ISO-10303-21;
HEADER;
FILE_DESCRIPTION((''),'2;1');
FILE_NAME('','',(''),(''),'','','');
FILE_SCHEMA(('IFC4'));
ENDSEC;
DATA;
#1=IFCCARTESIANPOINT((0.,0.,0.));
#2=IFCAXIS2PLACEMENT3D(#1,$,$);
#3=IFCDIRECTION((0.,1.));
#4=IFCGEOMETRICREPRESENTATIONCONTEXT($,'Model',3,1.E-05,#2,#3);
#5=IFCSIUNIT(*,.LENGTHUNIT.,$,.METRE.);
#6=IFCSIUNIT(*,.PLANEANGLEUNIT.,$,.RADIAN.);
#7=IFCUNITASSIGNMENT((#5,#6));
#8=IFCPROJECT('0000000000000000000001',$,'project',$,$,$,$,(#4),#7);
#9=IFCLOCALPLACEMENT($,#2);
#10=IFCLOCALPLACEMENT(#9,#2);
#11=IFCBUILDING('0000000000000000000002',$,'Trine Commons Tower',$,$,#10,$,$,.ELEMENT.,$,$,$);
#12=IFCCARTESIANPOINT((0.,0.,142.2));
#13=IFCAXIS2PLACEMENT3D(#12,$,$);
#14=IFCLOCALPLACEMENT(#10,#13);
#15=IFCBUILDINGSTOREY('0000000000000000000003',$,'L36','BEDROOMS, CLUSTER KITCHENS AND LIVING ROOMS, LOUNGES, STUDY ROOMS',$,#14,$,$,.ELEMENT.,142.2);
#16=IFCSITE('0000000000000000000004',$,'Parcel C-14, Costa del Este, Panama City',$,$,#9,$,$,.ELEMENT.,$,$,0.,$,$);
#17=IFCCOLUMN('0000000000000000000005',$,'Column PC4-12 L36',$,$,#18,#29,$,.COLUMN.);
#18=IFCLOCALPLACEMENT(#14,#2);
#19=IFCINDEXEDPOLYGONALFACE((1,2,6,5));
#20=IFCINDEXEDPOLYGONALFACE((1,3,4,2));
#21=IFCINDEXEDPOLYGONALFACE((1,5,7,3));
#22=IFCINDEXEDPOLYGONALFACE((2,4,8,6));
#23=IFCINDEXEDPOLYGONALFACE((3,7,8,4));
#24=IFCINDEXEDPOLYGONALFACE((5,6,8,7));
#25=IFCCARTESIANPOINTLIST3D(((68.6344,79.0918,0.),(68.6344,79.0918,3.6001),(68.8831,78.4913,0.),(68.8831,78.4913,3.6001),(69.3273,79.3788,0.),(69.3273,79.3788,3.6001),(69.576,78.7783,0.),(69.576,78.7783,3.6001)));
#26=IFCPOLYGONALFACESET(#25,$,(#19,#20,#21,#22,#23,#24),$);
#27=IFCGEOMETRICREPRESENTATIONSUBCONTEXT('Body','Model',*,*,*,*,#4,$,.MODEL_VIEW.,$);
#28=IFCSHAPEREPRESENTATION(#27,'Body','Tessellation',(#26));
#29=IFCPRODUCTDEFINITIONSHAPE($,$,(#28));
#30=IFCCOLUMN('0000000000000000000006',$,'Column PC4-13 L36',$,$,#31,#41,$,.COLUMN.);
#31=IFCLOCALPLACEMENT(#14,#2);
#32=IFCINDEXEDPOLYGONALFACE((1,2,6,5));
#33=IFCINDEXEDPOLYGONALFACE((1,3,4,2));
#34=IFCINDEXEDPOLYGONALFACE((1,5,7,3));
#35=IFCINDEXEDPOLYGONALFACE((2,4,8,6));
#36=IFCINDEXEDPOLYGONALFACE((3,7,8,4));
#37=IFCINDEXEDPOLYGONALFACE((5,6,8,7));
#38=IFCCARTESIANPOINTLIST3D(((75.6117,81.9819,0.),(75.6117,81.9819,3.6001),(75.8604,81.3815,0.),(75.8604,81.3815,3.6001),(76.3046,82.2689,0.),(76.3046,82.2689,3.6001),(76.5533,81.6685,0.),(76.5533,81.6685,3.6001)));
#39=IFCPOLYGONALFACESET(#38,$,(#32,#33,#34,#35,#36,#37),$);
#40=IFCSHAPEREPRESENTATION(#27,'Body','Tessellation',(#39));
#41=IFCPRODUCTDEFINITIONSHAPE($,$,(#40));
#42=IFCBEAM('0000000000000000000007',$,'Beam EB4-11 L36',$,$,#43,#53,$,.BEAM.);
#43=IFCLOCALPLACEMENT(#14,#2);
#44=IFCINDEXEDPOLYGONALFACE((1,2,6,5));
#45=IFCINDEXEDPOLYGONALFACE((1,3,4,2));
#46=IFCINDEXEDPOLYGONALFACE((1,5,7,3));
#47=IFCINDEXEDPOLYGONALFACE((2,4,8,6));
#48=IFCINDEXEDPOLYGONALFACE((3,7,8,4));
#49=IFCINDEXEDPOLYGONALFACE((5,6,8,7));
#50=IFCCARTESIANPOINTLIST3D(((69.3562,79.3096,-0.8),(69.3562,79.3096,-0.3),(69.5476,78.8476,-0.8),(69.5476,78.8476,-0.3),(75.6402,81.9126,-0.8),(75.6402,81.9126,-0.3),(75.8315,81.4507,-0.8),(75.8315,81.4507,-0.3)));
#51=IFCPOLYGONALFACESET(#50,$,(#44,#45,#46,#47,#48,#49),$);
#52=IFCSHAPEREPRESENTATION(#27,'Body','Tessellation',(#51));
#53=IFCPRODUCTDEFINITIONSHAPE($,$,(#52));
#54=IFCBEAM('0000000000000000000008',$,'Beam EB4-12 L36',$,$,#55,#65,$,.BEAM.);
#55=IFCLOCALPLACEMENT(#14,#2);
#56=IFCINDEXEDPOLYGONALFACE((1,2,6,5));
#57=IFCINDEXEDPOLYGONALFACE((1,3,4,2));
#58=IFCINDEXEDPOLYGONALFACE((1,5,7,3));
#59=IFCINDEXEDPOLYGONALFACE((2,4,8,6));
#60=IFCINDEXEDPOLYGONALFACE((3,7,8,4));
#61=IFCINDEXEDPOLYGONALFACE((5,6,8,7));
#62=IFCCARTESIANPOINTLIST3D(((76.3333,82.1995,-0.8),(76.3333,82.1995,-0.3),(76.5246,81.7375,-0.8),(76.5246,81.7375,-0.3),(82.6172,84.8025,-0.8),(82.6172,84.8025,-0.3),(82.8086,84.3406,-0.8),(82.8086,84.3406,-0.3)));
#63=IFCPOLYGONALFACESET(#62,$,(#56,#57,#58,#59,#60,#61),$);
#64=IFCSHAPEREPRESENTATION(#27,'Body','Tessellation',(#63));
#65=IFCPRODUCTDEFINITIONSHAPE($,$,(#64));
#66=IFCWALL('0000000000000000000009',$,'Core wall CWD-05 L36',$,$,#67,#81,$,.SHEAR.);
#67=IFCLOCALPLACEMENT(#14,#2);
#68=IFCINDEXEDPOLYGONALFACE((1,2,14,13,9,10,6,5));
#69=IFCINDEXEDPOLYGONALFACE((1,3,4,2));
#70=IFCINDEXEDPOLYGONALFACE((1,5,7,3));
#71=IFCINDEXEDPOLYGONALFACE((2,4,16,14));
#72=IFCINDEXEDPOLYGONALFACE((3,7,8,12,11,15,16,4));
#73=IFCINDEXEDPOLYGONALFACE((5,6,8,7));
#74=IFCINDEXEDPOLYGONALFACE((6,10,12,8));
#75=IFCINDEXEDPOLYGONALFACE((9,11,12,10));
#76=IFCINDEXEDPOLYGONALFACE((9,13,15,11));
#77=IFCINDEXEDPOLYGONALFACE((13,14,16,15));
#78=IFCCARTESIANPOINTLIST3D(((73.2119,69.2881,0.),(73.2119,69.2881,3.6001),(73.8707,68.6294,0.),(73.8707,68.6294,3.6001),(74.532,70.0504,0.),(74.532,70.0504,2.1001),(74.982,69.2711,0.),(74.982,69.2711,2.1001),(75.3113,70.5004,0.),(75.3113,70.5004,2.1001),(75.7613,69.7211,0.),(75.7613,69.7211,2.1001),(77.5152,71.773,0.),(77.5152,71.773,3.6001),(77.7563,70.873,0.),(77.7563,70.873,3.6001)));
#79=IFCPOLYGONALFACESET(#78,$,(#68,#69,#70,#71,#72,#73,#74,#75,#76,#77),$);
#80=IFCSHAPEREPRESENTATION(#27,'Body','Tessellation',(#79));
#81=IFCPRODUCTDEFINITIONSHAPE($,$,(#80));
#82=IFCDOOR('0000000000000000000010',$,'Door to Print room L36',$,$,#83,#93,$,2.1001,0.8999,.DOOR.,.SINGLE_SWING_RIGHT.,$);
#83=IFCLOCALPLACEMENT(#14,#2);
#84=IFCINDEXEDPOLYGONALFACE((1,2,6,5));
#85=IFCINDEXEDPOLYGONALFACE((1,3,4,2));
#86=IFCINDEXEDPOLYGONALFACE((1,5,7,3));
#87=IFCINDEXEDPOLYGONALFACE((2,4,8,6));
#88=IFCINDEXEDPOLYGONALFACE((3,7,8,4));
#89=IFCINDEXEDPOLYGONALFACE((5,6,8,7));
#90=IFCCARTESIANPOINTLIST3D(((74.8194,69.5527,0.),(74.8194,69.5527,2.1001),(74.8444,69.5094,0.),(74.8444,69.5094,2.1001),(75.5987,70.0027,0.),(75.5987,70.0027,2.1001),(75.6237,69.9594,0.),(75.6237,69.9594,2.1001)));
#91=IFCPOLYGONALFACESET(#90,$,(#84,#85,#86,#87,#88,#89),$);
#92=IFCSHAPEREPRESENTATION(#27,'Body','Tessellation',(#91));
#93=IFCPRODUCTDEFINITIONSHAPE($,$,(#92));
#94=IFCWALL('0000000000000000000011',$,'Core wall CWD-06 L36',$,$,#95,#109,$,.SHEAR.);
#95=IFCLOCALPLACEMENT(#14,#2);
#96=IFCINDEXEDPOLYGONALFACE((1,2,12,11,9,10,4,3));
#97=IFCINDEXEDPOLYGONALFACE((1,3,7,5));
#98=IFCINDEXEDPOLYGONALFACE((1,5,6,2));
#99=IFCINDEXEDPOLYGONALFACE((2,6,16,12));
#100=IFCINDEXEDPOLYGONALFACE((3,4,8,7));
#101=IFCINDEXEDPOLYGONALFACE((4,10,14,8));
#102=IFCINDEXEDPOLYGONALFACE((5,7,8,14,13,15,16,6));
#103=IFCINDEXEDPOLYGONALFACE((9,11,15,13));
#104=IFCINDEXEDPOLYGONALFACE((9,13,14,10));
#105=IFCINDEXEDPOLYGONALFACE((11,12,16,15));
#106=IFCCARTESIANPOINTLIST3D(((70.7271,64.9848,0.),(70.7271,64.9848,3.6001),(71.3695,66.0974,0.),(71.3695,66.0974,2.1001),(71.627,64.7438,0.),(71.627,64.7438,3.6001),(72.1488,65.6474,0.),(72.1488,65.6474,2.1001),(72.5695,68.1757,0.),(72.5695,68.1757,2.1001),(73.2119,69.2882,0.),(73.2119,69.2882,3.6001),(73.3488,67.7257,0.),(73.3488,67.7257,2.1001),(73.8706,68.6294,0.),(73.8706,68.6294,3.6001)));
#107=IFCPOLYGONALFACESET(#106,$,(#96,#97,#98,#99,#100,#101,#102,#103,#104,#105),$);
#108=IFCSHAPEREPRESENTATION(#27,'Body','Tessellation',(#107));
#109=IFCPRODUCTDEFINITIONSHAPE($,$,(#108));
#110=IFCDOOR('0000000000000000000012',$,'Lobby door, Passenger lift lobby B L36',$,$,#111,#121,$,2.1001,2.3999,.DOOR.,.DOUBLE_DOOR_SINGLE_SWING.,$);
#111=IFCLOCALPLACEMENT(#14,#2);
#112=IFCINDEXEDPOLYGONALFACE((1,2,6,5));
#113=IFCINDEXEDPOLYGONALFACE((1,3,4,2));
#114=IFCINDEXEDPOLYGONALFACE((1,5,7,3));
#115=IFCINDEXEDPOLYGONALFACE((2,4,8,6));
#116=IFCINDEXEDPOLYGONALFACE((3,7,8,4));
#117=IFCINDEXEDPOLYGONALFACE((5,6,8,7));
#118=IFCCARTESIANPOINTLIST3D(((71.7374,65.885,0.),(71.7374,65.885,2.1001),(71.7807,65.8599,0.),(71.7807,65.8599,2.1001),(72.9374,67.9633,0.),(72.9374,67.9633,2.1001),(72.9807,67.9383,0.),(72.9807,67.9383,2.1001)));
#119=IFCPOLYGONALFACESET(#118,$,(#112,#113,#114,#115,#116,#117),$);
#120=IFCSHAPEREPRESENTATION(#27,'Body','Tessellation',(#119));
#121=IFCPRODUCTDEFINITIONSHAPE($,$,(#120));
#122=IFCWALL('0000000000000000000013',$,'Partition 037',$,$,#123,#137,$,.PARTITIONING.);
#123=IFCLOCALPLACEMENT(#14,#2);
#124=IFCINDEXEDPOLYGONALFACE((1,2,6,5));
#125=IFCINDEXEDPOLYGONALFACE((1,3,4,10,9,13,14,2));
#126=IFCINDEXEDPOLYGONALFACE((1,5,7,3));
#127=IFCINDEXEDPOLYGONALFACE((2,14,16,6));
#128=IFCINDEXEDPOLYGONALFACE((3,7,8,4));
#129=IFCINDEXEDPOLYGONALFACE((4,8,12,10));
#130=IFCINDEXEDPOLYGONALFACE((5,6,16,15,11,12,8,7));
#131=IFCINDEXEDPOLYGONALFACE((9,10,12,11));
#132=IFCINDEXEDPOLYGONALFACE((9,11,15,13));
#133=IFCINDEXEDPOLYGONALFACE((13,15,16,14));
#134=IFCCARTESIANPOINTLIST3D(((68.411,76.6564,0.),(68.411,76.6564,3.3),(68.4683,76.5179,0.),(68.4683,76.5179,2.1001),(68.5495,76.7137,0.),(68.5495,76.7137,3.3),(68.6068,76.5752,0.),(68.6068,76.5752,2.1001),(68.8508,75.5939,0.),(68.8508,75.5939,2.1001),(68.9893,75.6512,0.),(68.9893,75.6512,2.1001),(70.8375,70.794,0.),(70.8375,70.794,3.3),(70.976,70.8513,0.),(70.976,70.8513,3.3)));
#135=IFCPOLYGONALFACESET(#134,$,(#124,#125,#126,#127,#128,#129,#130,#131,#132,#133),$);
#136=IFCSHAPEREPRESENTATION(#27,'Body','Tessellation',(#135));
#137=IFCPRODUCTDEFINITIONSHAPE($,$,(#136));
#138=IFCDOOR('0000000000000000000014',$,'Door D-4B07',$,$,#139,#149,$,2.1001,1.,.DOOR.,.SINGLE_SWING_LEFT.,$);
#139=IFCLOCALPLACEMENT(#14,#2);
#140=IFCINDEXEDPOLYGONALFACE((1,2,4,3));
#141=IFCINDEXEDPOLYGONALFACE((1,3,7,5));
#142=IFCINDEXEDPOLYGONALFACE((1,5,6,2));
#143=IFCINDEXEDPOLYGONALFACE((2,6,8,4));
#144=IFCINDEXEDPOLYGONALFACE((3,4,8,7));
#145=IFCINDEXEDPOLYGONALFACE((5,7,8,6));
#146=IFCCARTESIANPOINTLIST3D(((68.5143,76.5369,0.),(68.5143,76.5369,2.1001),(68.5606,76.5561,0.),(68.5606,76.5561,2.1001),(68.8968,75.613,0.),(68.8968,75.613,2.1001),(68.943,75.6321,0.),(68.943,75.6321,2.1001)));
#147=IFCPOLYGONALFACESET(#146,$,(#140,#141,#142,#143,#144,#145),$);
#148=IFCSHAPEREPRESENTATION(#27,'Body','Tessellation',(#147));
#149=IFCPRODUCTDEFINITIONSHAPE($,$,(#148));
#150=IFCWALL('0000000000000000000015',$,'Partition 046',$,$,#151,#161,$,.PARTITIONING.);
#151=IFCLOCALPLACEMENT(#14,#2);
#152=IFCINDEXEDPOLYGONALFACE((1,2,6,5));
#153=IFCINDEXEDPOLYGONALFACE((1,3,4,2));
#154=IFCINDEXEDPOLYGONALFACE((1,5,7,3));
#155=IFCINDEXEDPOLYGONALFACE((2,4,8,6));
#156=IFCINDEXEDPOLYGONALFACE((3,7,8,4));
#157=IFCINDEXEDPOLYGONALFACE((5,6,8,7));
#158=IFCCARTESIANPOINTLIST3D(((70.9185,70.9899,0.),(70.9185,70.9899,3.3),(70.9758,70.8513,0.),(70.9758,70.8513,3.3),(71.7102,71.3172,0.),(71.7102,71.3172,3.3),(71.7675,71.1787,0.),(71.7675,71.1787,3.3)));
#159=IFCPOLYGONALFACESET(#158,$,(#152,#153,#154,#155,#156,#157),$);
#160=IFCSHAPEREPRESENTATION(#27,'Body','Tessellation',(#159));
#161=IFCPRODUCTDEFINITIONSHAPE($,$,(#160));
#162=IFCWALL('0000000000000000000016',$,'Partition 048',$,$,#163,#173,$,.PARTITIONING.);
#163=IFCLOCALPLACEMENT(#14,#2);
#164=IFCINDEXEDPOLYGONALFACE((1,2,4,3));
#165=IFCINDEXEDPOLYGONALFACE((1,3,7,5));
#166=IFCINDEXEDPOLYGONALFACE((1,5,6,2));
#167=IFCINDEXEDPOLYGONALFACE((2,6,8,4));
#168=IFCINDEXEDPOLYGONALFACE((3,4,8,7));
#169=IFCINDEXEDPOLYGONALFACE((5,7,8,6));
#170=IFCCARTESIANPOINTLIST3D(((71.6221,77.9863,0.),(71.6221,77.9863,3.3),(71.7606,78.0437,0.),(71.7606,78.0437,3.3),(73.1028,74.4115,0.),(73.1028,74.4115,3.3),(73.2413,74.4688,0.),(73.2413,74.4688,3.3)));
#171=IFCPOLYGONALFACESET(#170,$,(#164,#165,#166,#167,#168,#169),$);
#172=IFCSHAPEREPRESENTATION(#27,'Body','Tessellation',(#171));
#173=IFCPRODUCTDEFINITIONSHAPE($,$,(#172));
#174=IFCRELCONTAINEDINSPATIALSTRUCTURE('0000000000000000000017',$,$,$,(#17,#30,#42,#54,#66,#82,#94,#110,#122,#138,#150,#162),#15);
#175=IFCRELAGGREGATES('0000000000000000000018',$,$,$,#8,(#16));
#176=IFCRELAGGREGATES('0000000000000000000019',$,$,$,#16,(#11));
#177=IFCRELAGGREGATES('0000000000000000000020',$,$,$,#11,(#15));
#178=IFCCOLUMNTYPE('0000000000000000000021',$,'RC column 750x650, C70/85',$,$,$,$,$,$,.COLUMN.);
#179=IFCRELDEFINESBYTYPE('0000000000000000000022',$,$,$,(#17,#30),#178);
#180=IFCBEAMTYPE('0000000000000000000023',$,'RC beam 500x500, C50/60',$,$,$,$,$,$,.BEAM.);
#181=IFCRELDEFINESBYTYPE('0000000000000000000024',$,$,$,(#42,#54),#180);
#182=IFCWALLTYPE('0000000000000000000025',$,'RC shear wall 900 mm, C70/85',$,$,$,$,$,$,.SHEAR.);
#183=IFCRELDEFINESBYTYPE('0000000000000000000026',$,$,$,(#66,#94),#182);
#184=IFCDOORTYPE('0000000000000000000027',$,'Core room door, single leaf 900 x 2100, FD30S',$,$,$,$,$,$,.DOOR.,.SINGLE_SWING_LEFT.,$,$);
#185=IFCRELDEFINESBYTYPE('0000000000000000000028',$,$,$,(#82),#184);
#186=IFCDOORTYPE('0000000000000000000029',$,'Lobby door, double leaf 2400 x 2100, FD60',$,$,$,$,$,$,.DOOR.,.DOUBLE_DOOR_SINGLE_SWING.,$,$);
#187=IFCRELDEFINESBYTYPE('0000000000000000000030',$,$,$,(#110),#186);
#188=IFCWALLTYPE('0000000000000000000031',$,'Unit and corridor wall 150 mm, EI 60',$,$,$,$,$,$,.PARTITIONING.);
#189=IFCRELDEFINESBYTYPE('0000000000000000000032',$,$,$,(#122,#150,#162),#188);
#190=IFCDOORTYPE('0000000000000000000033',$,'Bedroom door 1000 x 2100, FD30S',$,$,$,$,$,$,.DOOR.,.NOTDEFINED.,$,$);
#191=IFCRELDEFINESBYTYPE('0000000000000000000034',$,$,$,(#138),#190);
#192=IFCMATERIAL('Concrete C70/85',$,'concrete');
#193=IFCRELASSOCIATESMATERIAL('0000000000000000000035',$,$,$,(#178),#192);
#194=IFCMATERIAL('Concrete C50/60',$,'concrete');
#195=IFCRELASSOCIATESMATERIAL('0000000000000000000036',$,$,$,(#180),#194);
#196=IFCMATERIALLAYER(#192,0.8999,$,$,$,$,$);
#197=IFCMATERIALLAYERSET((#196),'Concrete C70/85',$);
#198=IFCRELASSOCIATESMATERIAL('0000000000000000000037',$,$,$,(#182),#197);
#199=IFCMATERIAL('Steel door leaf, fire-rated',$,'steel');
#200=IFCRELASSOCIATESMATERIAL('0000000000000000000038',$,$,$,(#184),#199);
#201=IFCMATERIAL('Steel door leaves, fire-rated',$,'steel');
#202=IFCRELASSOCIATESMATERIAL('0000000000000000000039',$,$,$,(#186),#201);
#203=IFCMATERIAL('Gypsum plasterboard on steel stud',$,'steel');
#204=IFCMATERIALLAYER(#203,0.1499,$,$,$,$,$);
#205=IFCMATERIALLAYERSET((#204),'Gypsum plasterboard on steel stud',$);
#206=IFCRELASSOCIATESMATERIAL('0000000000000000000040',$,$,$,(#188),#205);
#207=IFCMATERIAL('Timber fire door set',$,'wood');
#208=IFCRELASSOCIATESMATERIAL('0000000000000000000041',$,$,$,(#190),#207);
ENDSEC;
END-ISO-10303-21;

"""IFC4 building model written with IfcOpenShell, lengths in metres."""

from ifc_helpers import new_model, si_unit, direction, frame, frame_2d, origin, origin_2d, place, context, subcontext, project, spatial, polyline, rectangle, outline, extrude, material, layer, layer_set, material_profile, profile_set, type_object, element, fill, save


model = new_model("IFC4")

# Units and contexts
model_context = context("Model", 3, precision=1e-05, world=origin(), true_north=direction((0.0, 1.0)))
body_context = subcontext(model_context, "Body", "Model", "MODEL_VIEW")
ifc_project = project(units=[si_unit("LENGTHUNIT", "METRE"), si_unit("PLANEANGLEUNIT", "RADIAN")], contexts=[model_context])

# Site, building, storey
site_placement = place(None, origin())
site = spatial("IfcSite", under=ifc_project, at=site_placement, Name="Parcel C-14, Costa del Este, Panama City", CompositionType="ELEMENT", RefElevation=0.0)
building_placement = place(site_placement, origin())
building = spatial("IfcBuilding", under=site, at=building_placement, Name="Trine Commons Tower", CompositionType="ELEMENT")
storey_placement = place(building_placement, frame((0.0, 0.0, 142.2)))
storey = spatial("IfcBuildingStorey", under=building, at=storey_placement, Name="L36", Description="BEDROOMS, CLUSTER KITCHENS AND LIVING ROOMS, LOUNGES, STUDY ROOMS", CompositionType="ELEMENT", Elevation=142.2)

# Columns
ifc_material_1 = material(Name="Concrete C70/85", Category="concrete")
ifc_material_profile_1 = material_profile(ifc_material_1, rectangle(XDim=0.75, YDim=0.6499, at=origin_2d()), Name="RC 750x650")
ifc_profile_set_1 = profile_set([ifc_material_profile_1], Name="Concrete C70/85")
column_type = type_object("IfcColumnType", Name="RC column 750x650, C70/85", PredefinedType="COLUMN", material=ifc_profile_set_1)
for number, where, z_axis, x_axis, name in (
    (1, (69.1052, 78.9351, 0.0), (0.0, 0.0, 1.0), (0.92388, 0.382683, 0.0), "Column PC4-12 L36"),
    (2, (76.0825, 81.8252, 0.0), (0.0, 0.0, 1.0), (0.92388, 0.382683, 0.0), "Column PC4-13 L36"),
):
    element("IfcColumn", number, at=place(storey_placement, frame(where, z_axis=z_axis, x_axis=x_axis)), inside=storey, type_object=column_type, Name=name, PredefinedType="COLUMN", context=body_context, shape_type="SweptSolid", body=[
        extrude(rectangle(XDim=0.75, YDim=0.6499, at=origin_2d()), origin(), (0.0, 0.0, 1.0), 3.6001),
    ])

# Beams
ifc_material_2 = material(Name="Concrete C50/60", Category="concrete")
ifc_material_profile_2 = material_profile(ifc_material_2, rectangle(XDim=0.5, YDim=0.5, at=origin_2d()), Name="RC 500x500")
ifc_profile_set_2 = profile_set([ifc_material_profile_2], Name="Concrete C50/60")
beam_type = type_object("IfcBeamType", Name="RC beam 500x500, C50/60", PredefinedType="BEAM", material=ifc_profile_set_2)
for number, where, z_axis, x_axis, name in (
    (3, (69.4519, 79.0786, -0.55), (0.923872, 0.382701, 0.0), (-0.382701, 0.923872, 0.0), "Beam EB4-11 L36"),
    (4, (76.429, 81.9685, -0.55), (0.923872, 0.382701, 0.0), (-0.382701, 0.923872, 0.0), "Beam EB4-12 L36"),
):
    element("IfcBeam", number, at=place(storey_placement, frame(where, z_axis=z_axis, x_axis=x_axis)), inside=storey, type_object=beam_type, Name=name, PredefinedType="BEAM", context=body_context, shape_type="SweptSolid", body=[
        extrude(rectangle(XDim=0.5, YDim=0.5, at=origin_2d()), origin(), (0.0, 0.0, 1.0), 6.8018),
    ])

# Walls, openings, doors
ifc_layer_1 = layer(ifc_material_1, 0.8999)
ifc_layer_set_1 = layer_set([ifc_layer_1], Name="Concrete C70/85")
wall_type_1 = type_object("IfcWallType", Name="RC shear wall 900 mm, C70/85", PredefinedType="SHEAR", material=ifc_layer_set_1)
wall_1_placement = place(storey_placement, frame((77.7402, 71.3833, 0.0), z_axis=(0.0, 0.0, 1.0), x_axis=(-0.866003, -0.500039, 0.0)))
wall_1 = element("IfcWall", 5, at=wall_1_placement, inside=storey, type_object=wall_type_1, Name="Core wall CWD-05 L36", PredefinedType="SHEAR", context=body_context, shape_type="SweptSolid", body=[
    extrude(outline(polyline([(0.0, -0.45), (4.9692, -0.45), (4.728, 0.45), (0.2412, 0.45), (0.0, -0.45)])), origin(), (0.0, 0.0, 1.0), 3.6001),
])
opening_1_placement = place(wall_1_placement, frame((2.5449, 0.0, 0.0)))
opening_1 = element("IfcOpeningElement", 6, at=opening_1_placement, cuts=wall_1, PredefinedType="OPENING", context=body_context, shape_type="SweptSolid", body=[
    extrude(rectangle(XDim=0.8999, YDim=2.1001, at=frame_2d((0.45, 1.05))), frame((0.0, 0.46, 0.0), z_axis=(0.0, -1.0, 0.0), x_axis=(1.0, 0.0, 0.0)), (0.0, 0.0, 1.0), 0.9199),
])
ifc_material_3 = material(Name="Steel door leaf, fire-rated", Category="steel")
door_type_1 = type_object("IfcDoorType", Name="Core room door, single leaf 900 x 2100, FD30S", OperationType="SINGLE_SWING_LEFT", PredefinedType="DOOR", material=ifc_material_3)
door_1_placement = place(opening_1_placement, origin())
door_1 = element("IfcDoor", 7, at=door_1_placement, inside=storey, type_object=door_type_1, Name="Door to Print room L36", OperationType="SINGLE_SWING_RIGHT", OverallHeight=2.1001, OverallWidth=0.8999, PredefinedType="DOOR", context=body_context, shape_type="SweptSolid", body=[
    extrude(rectangle(XDim=0.8999, YDim=2.1001, at=frame_2d((0.45, 1.05))), frame((0.0, 0.1748, 0.0), z_axis=(0.0, -1.0, 0.0), x_axis=(1.0, 0.0, 0.0)), (0.0, 0.0, 1.0), 0.05),
])
fill(opening_1, door_1)
wall_2_placement = place(storey_placement, frame((73.6016, 69.0632, 0.0), z_axis=(0.0, 0.0, 1.0), x_axis=(-0.500039, -0.866003, 0.0)))
wall_2 = element("IfcWall", 8, at=wall_2_placement, inside=storey, type_object=wall_type_1, Name="Core wall CWD-06 L36", PredefinedType="SHEAR", context=body_context, shape_type="SweptSolid", body=[
    extrude(outline(polyline([(0.0, -0.45), (4.9692, -0.45), (4.728, 0.45), (0.2412, 0.45), (0.0, -0.45)])), origin(), (0.0, 0.0, 1.0), 3.6001),
])
opening_2_placement = place(wall_2_placement, frame((1.2847, 0.0, 0.0)))
opening_2 = element("IfcOpeningElement", 9, at=opening_2_placement, cuts=wall_2, PredefinedType="OPENING", context=body_context, shape_type="SweptSolid", body=[
    extrude(rectangle(XDim=2.3999, YDim=2.1001, at=frame_2d((1.2, 1.05))), frame((0.0, 0.46, 0.0), z_axis=(0.0, -1.0, 0.0), x_axis=(1.0, 0.0, 0.0)), (0.0, 0.0, 1.0), 0.9199),
])
ifc_material_4 = material(Name="Steel door leaves, fire-rated", Category="steel")
door_type_2 = type_object("IfcDoorType", Name="Lobby door, double leaf 2400 x 2100, FD60", OperationType="DOUBLE_DOOR_SINGLE_SWING", PredefinedType="DOOR", material=ifc_material_4)
door_2_placement = place(opening_2_placement, origin())
door_2 = element("IfcDoor", 10, at=door_2_placement, inside=storey, type_object=door_type_2, Name="Lobby door, Passenger lift lobby B L36", OperationType="DOUBLE_DOOR_SINGLE_SWING", OverallHeight=2.1001, OverallWidth=2.3999, PredefinedType="DOOR", context=body_context, shape_type="SweptSolid", body=[
    extrude(rectangle(XDim=2.3999, YDim=2.1001, at=frame_2d((1.2, 1.05))), frame((0.0, 0.0249, 0.0), z_axis=(0.0, -1.0, 0.0), x_axis=(1.0, 0.0, 0.0)), (0.0, 0.0, 1.0), 0.05),
])
fill(opening_2, door_2)
ifc_material_5 = material(Name="Gypsum plasterboard on steel stud", Category="steel")
ifc_layer_2 = layer(ifc_material_5, 0.1499)
ifc_layer_set_2 = layer_set([ifc_layer_2], Name="Gypsum plasterboard on steel stud")
wall_type_2 = type_object("IfcWallType", Name="Unit and corridor wall 150 mm, EI 60", PredefinedType="PARTITIONING", material=ifc_layer_set_2)
wall_3_placement = place(storey_placement, frame((68.4802, 76.6851, 0.0), z_axis=(0.0, 0.0, 1.0), x_axis=(0.38245, -0.923976, 0.0)))
wall_3 = element("IfcWall", 11, at=wall_3_placement, inside=storey, type_object=wall_type_2, Name="Partition 037", PredefinedType="PARTITIONING", context=body_context, shape_type="SweptSolid", body=[
    extrude(rectangle(XDim=6.3447, YDim=0.1499, at=frame_2d((3.1724, 0.0))), origin(), (0.0, 0.0, 1.0), 3.3),
])
opening_3_placement = place(wall_3_placement, frame((0.1499, 0.0, 0.0)))
opening_3 = element("IfcOpeningElement", 12, at=opening_3_placement, cuts=wall_3, PredefinedType="OPENING", context=body_context, shape_type="SweptSolid", body=[
    extrude(rectangle(XDim=1.0, YDim=2.1001, at=frame_2d((0.5, 1.05))), frame((0.0, 0.085, 0.0), z_axis=(0.0, -1.0, 0.0), x_axis=(1.0, 0.0, 0.0)), (0.0, 0.0, 1.0), 0.1699),
])
ifc_material_6 = material(Name="Timber fire door set", Category="wood")
door_type_3 = type_object("IfcDoorType", Name="Bedroom door 1000 x 2100, FD30S", OperationType="NOTDEFINED", PredefinedType="DOOR", material=ifc_material_6)
door_3_placement = place(opening_3_placement, origin())
door_3 = element("IfcDoor", 13, at=door_3_placement, inside=storey, type_object=door_type_3, Name="Door D-4B07", OperationType="SINGLE_SWING_LEFT", OverallHeight=2.1001, OverallWidth=1.0, PredefinedType="DOOR", context=body_context, shape_type="SweptSolid", body=[
    extrude(rectangle(XDim=1.0, YDim=2.1001, at=frame_2d((0.5, 1.05))), frame((0.0, 0.0249, 0.0), z_axis=(0.0, -1.0, 0.0), x_axis=(1.0, 0.0, 0.0)), (0.0, 0.0, 1.0), 0.05),
])
fill(opening_3, door_3)

# Walls
wall_4_placement = place(storey_placement, frame((70.9473, 70.9207, 0.0), z_axis=(0.0, 0.0, 1.0), x_axis=(0.924111, 0.382125, 0.0)))
element("IfcWall", 14, at=wall_4_placement, inside=storey, type_object=wall_type_2, Name="Partition 046", PredefinedType="PARTITIONING", context=body_context, shape_type="SweptSolid", body=[
    extrude(rectangle(XDim=0.8567, YDim=0.1499, at=frame_2d((0.4282, 0.0))), origin(), (0.0, 0.0, 1.0), 3.3),
])
wall_5_placement = place(storey_placement, frame((71.6914, 78.0149, 0.0), z_axis=(0.0, 0.0, 1.0), x_axis=(0.382666, -0.923887, 0.0)))
element("IfcWall", 15, at=wall_5_placement, inside=storey, type_object=wall_type_2, Name="Partition 048", PredefinedType="PARTITIONING", context=body_context, shape_type="SweptSolid", body=[
    extrude(rectangle(XDim=3.8694, YDim=0.1499, at=frame_2d((1.9346, 0.0))), origin(), (0.0, 0.0, 1.0), 3.3),
])

save(model, "model.ifc")
